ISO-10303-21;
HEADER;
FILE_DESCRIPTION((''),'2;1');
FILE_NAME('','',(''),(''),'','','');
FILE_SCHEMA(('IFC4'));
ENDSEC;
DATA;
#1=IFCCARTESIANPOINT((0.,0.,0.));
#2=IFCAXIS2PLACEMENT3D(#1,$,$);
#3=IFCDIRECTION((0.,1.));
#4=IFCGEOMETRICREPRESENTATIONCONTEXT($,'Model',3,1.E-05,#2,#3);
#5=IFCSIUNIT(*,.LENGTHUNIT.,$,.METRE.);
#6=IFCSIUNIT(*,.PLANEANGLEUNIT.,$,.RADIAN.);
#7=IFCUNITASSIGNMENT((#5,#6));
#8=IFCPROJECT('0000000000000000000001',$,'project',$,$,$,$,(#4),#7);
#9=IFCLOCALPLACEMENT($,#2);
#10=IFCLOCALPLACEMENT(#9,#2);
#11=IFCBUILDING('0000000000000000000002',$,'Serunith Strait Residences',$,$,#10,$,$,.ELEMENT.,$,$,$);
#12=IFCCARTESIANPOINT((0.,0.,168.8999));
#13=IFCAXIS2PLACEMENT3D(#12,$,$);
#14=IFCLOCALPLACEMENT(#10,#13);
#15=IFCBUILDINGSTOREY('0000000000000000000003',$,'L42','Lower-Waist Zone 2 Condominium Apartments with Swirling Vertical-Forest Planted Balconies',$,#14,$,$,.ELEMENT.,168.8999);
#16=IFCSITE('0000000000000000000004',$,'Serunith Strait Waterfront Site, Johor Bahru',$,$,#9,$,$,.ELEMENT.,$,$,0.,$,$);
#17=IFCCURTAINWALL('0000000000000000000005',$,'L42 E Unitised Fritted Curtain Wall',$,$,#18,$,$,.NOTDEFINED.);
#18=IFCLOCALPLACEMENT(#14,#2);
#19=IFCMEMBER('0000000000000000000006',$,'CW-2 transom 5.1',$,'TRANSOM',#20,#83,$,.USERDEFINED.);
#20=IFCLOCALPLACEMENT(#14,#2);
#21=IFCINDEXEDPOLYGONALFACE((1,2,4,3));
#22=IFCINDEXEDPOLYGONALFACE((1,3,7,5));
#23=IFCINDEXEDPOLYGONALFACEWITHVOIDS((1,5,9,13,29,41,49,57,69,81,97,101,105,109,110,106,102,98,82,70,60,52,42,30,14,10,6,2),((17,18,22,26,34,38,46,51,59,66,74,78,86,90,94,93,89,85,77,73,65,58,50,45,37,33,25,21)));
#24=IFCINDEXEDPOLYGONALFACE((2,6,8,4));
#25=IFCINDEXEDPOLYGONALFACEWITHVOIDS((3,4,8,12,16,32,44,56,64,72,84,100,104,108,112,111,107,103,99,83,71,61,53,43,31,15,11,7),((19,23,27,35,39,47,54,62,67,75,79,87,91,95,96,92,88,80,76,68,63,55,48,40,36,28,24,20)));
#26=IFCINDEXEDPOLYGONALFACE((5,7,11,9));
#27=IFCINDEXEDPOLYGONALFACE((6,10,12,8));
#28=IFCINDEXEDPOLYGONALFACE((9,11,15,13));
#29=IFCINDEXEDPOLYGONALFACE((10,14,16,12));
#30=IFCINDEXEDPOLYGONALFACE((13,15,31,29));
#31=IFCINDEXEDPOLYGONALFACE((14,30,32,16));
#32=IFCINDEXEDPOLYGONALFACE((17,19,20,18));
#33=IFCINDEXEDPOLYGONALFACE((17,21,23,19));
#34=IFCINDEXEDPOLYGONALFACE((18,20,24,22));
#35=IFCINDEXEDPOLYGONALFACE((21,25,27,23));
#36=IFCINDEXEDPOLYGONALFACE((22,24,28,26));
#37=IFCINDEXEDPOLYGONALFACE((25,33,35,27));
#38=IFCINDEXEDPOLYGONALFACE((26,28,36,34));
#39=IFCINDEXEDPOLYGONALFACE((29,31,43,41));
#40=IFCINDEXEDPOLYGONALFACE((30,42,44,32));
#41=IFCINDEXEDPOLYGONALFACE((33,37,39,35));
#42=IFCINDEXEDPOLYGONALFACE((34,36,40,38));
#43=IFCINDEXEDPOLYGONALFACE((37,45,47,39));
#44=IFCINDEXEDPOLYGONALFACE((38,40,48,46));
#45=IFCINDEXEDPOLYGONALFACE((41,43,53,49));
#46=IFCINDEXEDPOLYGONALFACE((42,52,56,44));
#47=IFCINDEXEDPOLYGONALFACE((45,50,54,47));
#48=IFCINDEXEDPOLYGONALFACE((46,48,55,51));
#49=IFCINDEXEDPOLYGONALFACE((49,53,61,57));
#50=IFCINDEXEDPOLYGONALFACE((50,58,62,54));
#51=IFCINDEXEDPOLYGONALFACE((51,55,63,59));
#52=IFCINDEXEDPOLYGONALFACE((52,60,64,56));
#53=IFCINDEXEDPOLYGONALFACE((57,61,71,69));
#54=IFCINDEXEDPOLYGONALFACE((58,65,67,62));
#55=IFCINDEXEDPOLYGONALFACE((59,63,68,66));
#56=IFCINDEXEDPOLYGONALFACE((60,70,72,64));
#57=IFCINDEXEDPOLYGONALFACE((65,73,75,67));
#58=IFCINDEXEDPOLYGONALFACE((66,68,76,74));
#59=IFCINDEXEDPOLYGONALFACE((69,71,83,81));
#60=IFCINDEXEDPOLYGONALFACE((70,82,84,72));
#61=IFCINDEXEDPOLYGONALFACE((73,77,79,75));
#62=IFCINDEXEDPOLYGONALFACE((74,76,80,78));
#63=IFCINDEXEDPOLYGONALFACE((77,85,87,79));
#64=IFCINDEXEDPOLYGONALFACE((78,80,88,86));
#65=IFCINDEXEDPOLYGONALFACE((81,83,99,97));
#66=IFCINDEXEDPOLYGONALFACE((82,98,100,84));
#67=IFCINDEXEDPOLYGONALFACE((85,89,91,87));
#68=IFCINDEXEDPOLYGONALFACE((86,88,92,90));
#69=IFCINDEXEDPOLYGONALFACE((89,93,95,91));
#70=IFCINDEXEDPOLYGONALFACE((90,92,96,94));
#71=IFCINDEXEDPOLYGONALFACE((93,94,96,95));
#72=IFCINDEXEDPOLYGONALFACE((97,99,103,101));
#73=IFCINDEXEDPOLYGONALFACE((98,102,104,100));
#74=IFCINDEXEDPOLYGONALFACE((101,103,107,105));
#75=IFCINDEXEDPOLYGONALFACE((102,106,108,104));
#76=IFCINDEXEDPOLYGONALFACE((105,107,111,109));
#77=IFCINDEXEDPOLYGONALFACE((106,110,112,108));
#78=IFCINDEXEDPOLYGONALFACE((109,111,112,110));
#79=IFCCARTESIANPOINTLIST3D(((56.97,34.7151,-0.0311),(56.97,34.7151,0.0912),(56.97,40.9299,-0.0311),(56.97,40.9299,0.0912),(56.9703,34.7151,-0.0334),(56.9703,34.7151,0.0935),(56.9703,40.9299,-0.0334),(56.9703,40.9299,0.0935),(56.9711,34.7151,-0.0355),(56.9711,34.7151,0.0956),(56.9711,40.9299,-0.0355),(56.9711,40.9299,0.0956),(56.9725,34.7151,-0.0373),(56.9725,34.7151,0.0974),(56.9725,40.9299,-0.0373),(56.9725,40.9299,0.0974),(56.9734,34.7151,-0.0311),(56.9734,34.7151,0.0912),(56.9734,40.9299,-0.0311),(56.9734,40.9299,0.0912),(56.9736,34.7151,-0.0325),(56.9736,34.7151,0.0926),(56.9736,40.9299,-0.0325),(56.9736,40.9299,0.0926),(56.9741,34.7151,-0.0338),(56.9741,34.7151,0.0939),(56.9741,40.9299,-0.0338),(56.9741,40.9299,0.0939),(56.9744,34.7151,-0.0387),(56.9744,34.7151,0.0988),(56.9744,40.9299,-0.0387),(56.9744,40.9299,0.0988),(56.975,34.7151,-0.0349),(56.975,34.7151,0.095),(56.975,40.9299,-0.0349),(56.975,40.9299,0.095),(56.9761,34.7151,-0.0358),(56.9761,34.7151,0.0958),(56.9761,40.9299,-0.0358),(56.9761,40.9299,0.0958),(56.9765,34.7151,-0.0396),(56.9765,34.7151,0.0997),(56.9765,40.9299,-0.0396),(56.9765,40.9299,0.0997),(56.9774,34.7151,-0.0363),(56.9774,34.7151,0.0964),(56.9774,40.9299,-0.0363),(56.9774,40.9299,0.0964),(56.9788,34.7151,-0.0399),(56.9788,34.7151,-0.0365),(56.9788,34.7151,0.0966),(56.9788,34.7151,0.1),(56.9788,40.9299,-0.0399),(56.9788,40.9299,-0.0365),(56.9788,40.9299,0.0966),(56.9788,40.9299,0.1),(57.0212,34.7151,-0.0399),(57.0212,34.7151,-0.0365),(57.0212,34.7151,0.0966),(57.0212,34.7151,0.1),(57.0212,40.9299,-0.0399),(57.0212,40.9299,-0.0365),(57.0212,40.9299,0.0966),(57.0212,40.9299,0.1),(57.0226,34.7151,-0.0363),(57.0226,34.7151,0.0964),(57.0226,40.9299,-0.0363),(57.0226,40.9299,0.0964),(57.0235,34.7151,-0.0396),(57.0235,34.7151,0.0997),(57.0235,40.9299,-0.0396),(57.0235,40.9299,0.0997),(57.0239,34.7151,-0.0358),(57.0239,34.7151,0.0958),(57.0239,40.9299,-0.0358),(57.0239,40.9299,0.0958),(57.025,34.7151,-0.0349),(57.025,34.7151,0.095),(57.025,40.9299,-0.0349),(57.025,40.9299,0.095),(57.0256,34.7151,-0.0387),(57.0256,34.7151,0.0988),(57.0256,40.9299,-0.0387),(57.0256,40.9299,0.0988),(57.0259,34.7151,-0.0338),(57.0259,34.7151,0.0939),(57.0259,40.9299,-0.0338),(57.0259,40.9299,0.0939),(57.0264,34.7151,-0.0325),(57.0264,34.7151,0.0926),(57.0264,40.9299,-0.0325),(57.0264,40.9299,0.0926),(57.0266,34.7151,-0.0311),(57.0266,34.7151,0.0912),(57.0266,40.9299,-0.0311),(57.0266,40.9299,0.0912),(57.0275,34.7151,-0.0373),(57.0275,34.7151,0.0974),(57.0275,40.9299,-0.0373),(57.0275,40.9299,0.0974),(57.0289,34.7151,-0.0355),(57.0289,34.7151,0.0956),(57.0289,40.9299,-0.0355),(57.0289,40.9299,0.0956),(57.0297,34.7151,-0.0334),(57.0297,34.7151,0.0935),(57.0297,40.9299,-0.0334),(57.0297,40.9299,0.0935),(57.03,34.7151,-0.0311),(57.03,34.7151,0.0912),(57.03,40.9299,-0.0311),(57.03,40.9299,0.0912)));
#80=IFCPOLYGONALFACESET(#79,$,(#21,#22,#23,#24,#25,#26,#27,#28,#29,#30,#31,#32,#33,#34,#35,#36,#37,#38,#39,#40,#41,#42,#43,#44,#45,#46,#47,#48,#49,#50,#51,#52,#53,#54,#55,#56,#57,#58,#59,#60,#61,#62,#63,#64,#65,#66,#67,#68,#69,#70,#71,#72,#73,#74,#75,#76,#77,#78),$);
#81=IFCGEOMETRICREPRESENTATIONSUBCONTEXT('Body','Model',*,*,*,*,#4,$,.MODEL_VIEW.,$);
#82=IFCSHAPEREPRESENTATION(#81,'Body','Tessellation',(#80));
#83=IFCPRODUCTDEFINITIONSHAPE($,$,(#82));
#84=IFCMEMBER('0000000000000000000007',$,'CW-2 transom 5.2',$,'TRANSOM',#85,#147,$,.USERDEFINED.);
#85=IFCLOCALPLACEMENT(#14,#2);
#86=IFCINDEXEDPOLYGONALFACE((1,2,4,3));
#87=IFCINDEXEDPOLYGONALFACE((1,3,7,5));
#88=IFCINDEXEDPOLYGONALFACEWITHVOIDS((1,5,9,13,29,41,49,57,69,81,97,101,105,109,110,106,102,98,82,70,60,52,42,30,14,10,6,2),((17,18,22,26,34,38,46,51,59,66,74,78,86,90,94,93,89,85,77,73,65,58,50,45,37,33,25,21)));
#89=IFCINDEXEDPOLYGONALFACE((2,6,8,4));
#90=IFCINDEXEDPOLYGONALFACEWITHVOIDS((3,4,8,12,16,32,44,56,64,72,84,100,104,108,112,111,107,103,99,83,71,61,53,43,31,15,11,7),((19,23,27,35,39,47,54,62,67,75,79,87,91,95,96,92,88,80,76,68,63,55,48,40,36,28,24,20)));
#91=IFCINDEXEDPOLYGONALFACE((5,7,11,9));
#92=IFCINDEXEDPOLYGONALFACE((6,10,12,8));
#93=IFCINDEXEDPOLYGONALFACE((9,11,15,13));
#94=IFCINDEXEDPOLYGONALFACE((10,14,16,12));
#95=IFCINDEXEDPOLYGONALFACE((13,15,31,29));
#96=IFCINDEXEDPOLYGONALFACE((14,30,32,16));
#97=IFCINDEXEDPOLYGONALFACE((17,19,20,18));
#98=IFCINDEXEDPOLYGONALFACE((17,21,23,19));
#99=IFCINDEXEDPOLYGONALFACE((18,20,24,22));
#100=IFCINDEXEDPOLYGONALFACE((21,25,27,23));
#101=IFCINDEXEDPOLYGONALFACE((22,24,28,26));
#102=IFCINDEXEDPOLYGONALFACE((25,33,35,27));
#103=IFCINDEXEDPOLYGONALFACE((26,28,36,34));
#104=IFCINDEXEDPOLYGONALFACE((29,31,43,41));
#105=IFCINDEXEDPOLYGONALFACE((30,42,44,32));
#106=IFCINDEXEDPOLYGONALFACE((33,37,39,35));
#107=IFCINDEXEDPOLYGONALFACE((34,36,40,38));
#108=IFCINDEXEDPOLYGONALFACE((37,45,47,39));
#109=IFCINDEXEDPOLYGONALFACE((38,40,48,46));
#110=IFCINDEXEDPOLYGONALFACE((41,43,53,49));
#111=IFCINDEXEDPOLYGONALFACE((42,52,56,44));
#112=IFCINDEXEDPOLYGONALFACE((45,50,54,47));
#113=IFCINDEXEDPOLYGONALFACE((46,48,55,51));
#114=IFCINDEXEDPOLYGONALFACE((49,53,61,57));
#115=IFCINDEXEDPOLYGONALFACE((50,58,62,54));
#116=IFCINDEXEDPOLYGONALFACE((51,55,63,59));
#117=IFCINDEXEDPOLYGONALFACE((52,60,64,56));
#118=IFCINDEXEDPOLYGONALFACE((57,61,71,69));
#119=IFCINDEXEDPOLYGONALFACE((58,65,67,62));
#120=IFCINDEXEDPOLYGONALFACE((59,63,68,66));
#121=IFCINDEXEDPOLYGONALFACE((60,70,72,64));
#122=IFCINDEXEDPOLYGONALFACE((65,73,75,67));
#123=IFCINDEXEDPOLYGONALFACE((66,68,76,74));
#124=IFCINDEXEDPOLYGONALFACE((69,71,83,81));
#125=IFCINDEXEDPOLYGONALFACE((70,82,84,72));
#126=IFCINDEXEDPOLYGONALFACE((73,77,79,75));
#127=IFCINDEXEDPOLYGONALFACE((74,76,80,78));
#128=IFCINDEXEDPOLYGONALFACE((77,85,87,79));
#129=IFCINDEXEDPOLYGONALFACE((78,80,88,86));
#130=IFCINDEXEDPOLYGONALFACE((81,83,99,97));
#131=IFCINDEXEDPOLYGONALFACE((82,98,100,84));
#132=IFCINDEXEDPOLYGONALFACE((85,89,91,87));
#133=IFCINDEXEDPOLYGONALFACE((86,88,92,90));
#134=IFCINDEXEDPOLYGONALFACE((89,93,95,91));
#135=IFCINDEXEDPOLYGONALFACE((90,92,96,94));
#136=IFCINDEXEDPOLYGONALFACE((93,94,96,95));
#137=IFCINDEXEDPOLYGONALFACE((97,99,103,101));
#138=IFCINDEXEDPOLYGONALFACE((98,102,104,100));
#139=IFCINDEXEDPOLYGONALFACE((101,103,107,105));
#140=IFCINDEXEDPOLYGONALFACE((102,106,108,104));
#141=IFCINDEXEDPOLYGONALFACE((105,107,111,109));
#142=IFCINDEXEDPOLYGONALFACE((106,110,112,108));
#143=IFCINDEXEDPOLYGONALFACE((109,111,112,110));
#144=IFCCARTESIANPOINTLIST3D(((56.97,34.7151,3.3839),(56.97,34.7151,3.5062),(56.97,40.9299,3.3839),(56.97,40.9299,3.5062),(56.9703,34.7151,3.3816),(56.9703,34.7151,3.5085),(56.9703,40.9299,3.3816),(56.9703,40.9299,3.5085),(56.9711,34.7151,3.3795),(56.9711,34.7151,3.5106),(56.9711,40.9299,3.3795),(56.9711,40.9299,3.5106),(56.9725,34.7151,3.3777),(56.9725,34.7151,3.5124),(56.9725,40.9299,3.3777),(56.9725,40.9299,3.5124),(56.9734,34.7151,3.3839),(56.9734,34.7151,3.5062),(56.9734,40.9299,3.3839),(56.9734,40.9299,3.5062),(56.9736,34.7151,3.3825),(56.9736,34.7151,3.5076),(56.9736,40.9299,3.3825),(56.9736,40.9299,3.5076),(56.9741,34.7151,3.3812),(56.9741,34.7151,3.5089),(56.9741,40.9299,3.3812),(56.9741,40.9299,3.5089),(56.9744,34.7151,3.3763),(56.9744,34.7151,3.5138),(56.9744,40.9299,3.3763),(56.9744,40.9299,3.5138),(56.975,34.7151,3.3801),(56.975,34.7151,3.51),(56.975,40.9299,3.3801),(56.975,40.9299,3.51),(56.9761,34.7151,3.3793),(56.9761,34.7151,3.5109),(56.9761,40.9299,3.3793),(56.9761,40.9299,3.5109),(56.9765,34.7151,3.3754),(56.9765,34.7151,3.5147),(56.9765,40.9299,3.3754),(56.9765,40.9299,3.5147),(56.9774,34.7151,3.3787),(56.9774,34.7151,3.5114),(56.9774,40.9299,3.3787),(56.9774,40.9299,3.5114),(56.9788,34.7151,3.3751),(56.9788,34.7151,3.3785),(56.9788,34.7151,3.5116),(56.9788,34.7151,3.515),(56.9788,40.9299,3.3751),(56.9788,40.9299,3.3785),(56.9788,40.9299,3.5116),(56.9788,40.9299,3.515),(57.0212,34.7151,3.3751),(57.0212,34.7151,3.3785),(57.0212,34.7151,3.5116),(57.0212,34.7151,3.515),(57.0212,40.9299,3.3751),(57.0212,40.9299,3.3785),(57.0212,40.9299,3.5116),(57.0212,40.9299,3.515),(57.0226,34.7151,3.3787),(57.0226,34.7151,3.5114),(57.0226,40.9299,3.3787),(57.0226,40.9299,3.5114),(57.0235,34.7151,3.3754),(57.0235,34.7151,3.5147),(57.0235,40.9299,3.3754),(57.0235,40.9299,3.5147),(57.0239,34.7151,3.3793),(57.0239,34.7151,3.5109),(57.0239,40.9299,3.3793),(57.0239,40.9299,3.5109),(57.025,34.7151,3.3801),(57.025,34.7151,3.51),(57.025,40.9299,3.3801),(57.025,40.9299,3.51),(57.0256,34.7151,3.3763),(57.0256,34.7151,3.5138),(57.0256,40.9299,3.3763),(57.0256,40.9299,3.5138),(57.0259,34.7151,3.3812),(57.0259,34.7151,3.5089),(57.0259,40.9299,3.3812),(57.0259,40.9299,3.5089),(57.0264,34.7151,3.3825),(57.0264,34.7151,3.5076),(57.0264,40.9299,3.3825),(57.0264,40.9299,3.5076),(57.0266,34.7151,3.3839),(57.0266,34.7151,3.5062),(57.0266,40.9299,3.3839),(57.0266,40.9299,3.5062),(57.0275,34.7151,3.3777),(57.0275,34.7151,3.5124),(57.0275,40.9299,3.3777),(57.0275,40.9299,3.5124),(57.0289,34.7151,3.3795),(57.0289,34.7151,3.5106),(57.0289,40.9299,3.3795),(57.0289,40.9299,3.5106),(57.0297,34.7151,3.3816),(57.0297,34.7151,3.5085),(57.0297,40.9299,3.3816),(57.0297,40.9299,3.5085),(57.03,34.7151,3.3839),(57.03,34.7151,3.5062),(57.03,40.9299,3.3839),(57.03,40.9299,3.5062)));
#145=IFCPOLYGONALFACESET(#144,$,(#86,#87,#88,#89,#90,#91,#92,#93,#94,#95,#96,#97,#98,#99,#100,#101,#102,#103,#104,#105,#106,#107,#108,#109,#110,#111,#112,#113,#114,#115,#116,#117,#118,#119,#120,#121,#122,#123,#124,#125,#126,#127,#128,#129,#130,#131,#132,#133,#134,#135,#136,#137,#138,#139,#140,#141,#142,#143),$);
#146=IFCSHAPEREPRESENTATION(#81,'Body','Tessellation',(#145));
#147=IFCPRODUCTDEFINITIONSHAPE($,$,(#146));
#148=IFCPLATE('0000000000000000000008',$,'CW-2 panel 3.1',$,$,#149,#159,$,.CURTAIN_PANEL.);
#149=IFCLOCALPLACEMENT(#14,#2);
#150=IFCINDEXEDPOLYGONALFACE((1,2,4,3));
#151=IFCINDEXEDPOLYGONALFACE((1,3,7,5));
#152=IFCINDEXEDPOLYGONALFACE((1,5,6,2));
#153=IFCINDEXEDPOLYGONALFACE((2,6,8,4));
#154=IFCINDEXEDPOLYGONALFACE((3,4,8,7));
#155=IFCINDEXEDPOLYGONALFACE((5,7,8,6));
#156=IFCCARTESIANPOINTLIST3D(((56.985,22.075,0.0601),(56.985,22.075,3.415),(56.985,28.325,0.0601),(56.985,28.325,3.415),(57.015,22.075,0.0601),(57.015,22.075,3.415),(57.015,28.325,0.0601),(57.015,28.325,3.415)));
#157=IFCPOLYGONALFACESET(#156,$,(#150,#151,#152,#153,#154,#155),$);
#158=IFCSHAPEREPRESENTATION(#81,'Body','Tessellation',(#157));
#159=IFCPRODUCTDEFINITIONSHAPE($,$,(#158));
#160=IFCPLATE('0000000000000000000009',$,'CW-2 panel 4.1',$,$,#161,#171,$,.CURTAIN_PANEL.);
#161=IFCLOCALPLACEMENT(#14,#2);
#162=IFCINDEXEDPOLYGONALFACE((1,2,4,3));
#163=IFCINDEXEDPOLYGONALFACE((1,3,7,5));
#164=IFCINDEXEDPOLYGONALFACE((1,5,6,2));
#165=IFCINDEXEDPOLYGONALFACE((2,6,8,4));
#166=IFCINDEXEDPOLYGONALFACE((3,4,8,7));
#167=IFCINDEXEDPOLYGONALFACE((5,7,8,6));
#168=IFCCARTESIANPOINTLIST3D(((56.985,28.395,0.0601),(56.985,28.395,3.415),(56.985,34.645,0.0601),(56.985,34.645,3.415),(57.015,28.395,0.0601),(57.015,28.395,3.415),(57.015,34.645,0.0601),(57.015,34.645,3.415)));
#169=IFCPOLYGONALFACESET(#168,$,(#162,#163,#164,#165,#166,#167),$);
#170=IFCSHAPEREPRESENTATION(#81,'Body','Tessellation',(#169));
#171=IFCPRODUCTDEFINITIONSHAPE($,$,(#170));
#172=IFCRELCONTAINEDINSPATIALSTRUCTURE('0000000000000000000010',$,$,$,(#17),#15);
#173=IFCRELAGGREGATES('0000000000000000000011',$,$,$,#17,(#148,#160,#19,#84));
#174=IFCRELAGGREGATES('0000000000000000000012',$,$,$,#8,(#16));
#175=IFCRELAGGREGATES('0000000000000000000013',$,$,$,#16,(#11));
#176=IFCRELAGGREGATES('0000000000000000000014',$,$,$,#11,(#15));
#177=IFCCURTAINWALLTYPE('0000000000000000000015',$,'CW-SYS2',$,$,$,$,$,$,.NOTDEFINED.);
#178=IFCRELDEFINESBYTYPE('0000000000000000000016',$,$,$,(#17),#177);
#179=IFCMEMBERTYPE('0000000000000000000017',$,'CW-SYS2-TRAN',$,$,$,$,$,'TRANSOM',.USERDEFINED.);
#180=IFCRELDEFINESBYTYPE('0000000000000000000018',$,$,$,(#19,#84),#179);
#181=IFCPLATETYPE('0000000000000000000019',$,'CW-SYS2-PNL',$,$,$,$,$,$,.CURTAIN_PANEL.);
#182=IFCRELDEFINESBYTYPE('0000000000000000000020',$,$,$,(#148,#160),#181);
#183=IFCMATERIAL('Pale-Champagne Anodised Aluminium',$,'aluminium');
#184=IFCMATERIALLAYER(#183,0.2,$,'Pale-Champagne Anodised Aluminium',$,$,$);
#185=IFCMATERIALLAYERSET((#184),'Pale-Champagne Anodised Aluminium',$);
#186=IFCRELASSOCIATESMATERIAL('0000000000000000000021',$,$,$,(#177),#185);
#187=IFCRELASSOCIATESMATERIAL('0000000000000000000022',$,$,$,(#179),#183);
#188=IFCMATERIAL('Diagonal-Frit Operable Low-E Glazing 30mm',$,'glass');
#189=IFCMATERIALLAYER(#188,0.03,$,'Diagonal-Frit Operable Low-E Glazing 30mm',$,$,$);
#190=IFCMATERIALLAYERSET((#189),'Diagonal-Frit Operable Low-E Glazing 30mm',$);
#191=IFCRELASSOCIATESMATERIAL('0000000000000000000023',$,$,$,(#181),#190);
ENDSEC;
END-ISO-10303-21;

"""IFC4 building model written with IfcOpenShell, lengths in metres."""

from ifc_helpers import new_model, si_unit, direction, frame, origin, origin_2d, place, context, subcontext, project, spatial, rectangle, hollow_rectangle, extrude, source, transform, mapped, material, layer, layer_set, material_profile, profile_set, type_object, element, aggregate, save


model = new_model("IFC4")

# Units and contexts
model_context = context("Model", 3, precision=1e-05, world=origin(), true_north=direction((0.0, 1.0)))
body_context = subcontext(model_context, "Body", "Model", "MODEL_VIEW")
ifc_project = project(units=[si_unit("LENGTHUNIT", "METRE"), si_unit("PLANEANGLEUNIT", "RADIAN")], contexts=[model_context])

# Site, building, storey
site_placement = place(None, origin())
site = spatial("IfcSite", under=ifc_project, at=site_placement, Name="Serunith Strait Waterfront Site, Johor Bahru", CompositionType="ELEMENT", RefElevation=0.0)
building_placement = place(site_placement, origin())
building = spatial("IfcBuilding", under=site, at=building_placement, Name="Serunith Strait Residences", CompositionType="ELEMENT")
storey_placement = place(building_placement, frame((0.0, 0.0, 168.8999)))
storey = spatial("IfcBuildingStorey", under=building, at=storey_placement, Name="L42", Description="Lower-Waist Zone 2 Condominium Apartments with Swirling Vertical-Forest Planted Balconies", CompositionType="ELEMENT", Elevation=168.8999)

# Curtain wall, members, plates
ifc_material_1 = material(Name="Pale-Champagne Anodised Aluminium", Category="aluminium")
ifc_layer_1 = layer(ifc_material_1, 0.2, Name="Pale-Champagne Anodised Aluminium")
ifc_layer_set_1 = layer_set([ifc_layer_1], Name="Pale-Champagne Anodised Aluminium")
curtain_wall_type = type_object("IfcCurtainWallType", Name="CW-SYS2", PredefinedType="NOTDEFINED", material=ifc_layer_set_1)
curtain_wall_placement = place(storey_placement, origin())
curtain_wall = element("IfcCurtainWall", 1, at=curtain_wall_placement, inside=storey, type_object=curtain_wall_type, Name="L42 E Unitised Fritted Curtain Wall", PredefinedType="NOTDEFINED")
ifc_material_profile_1 = material_profile(ifc_material_1, hollow_rectangle(XDim=0.0601, YDim=0.1399, WallThickness=0.0034, InnerFilletRadius=0.0054, OuterFilletRadius=0.0088, at=origin_2d()), Name="ALU 140x60x3.5")
ifc_profile_set_1 = profile_set([ifc_material_profile_1], Name="Pale-Champagne Anodised Aluminium")
member_type_1 = type_object("IfcMemberType", Name="CW-SYS2-TRAN", ElementType="TRANSOM", PredefinedType="USERDEFINED", material=ifc_profile_set_1)
shared_shape_1 = source(origin(), body_context, "Body", "SweptSolid", [
    extrude(hollow_rectangle(XDim=0.0601, YDim=0.1399, WallThickness=0.0034, InnerFilletRadius=0.0054, OuterFilletRadius=0.0088, at=origin_2d()), origin(), (0.0, 0.0, 1.0), 6.2148),
])
member_1_placement = place(storey_placement, frame((57.0, 34.7151, 0.03), z_axis=(0.0, 1.0, 0.0), x_axis=(-1.0, 0.0, 0.0)))
member_1 = element("IfcMember", 2, at=member_1_placement, type_object=member_type_1, Name="CW-2 transom 5.1", ObjectType="TRANSOM", PredefinedType="USERDEFINED", context=body_context, shape_type="MappedRepresentation", body=[
    mapped(shared_shape_1, transform((0.0, 0.0, 0.0), scale=1.0)),
])
member_2_placement = place(storey_placement, frame((57.0, 34.7151, 3.4451), z_axis=(0.0, 1.0, 0.0), x_axis=(-1.0, 0.0, 0.0)))
member_2 = element("IfcMember", 3, at=member_2_placement, type_object=member_type_1, Name="CW-2 transom 5.2", ObjectType="TRANSOM", PredefinedType="USERDEFINED", context=body_context, shape_type="MappedRepresentation", body=[
    mapped(shared_shape_1, transform((0.0, 0.0, 0.0), scale=1.0)),
])
ifc_material_2 = material(Name="Diagonal-Frit Operable Low-E Glazing 30mm", Category="glass")
ifc_layer_2 = layer(ifc_material_2, 0.03, Name="Diagonal-Frit Operable Low-E Glazing 30mm")
ifc_layer_set_2 = layer_set([ifc_layer_2], Name="Diagonal-Frit Operable Low-E Glazing 30mm")
plate_type = type_object("IfcPlateType", Name="CW-SYS2-PNL", PredefinedType="CURTAIN_PANEL", material=ifc_layer_set_2)
shared_shape_2 = source(origin(), body_context, "Body", "SweptSolid", [
    extrude(rectangle(XDim=6.25, YDim=0.03, at=origin_2d()), origin(), (0.0, 0.0, 1.0), 3.355),
])
plate_1_placement = place(storey_placement, frame((57.0, 25.2, 0.0601), z_axis=(0.0, 0.0, 1.0), x_axis=(0.0, 1.0, 0.0)))
plate_1 = element("IfcPlate", 4, at=plate_1_placement, type_object=plate_type, Name="CW-2 panel 3.1", PredefinedType="CURTAIN_PANEL", context=body_context, shape_type="MappedRepresentation", body=[
    mapped(shared_shape_2, transform((0.0, 0.0, 0.0), scale=1.0)),
])
plate_2_placement = place(storey_placement, frame((57.0, 31.52, 0.0601), z_axis=(0.0, 0.0, 1.0), x_axis=(0.0, 1.0, 0.0)))
plate_2 = element("IfcPlate", 5, at=plate_2_placement, type_object=plate_type, Name="CW-2 panel 4.1", PredefinedType="CURTAIN_PANEL", context=body_context, shape_type="MappedRepresentation", body=[
    mapped(shared_shape_2, transform((0.0, 0.0, 0.0), scale=1.0)),
])
aggregate(curtain_wall, [plate_1, plate_2, member_1, member_2])

save(model, "model.ifc")
